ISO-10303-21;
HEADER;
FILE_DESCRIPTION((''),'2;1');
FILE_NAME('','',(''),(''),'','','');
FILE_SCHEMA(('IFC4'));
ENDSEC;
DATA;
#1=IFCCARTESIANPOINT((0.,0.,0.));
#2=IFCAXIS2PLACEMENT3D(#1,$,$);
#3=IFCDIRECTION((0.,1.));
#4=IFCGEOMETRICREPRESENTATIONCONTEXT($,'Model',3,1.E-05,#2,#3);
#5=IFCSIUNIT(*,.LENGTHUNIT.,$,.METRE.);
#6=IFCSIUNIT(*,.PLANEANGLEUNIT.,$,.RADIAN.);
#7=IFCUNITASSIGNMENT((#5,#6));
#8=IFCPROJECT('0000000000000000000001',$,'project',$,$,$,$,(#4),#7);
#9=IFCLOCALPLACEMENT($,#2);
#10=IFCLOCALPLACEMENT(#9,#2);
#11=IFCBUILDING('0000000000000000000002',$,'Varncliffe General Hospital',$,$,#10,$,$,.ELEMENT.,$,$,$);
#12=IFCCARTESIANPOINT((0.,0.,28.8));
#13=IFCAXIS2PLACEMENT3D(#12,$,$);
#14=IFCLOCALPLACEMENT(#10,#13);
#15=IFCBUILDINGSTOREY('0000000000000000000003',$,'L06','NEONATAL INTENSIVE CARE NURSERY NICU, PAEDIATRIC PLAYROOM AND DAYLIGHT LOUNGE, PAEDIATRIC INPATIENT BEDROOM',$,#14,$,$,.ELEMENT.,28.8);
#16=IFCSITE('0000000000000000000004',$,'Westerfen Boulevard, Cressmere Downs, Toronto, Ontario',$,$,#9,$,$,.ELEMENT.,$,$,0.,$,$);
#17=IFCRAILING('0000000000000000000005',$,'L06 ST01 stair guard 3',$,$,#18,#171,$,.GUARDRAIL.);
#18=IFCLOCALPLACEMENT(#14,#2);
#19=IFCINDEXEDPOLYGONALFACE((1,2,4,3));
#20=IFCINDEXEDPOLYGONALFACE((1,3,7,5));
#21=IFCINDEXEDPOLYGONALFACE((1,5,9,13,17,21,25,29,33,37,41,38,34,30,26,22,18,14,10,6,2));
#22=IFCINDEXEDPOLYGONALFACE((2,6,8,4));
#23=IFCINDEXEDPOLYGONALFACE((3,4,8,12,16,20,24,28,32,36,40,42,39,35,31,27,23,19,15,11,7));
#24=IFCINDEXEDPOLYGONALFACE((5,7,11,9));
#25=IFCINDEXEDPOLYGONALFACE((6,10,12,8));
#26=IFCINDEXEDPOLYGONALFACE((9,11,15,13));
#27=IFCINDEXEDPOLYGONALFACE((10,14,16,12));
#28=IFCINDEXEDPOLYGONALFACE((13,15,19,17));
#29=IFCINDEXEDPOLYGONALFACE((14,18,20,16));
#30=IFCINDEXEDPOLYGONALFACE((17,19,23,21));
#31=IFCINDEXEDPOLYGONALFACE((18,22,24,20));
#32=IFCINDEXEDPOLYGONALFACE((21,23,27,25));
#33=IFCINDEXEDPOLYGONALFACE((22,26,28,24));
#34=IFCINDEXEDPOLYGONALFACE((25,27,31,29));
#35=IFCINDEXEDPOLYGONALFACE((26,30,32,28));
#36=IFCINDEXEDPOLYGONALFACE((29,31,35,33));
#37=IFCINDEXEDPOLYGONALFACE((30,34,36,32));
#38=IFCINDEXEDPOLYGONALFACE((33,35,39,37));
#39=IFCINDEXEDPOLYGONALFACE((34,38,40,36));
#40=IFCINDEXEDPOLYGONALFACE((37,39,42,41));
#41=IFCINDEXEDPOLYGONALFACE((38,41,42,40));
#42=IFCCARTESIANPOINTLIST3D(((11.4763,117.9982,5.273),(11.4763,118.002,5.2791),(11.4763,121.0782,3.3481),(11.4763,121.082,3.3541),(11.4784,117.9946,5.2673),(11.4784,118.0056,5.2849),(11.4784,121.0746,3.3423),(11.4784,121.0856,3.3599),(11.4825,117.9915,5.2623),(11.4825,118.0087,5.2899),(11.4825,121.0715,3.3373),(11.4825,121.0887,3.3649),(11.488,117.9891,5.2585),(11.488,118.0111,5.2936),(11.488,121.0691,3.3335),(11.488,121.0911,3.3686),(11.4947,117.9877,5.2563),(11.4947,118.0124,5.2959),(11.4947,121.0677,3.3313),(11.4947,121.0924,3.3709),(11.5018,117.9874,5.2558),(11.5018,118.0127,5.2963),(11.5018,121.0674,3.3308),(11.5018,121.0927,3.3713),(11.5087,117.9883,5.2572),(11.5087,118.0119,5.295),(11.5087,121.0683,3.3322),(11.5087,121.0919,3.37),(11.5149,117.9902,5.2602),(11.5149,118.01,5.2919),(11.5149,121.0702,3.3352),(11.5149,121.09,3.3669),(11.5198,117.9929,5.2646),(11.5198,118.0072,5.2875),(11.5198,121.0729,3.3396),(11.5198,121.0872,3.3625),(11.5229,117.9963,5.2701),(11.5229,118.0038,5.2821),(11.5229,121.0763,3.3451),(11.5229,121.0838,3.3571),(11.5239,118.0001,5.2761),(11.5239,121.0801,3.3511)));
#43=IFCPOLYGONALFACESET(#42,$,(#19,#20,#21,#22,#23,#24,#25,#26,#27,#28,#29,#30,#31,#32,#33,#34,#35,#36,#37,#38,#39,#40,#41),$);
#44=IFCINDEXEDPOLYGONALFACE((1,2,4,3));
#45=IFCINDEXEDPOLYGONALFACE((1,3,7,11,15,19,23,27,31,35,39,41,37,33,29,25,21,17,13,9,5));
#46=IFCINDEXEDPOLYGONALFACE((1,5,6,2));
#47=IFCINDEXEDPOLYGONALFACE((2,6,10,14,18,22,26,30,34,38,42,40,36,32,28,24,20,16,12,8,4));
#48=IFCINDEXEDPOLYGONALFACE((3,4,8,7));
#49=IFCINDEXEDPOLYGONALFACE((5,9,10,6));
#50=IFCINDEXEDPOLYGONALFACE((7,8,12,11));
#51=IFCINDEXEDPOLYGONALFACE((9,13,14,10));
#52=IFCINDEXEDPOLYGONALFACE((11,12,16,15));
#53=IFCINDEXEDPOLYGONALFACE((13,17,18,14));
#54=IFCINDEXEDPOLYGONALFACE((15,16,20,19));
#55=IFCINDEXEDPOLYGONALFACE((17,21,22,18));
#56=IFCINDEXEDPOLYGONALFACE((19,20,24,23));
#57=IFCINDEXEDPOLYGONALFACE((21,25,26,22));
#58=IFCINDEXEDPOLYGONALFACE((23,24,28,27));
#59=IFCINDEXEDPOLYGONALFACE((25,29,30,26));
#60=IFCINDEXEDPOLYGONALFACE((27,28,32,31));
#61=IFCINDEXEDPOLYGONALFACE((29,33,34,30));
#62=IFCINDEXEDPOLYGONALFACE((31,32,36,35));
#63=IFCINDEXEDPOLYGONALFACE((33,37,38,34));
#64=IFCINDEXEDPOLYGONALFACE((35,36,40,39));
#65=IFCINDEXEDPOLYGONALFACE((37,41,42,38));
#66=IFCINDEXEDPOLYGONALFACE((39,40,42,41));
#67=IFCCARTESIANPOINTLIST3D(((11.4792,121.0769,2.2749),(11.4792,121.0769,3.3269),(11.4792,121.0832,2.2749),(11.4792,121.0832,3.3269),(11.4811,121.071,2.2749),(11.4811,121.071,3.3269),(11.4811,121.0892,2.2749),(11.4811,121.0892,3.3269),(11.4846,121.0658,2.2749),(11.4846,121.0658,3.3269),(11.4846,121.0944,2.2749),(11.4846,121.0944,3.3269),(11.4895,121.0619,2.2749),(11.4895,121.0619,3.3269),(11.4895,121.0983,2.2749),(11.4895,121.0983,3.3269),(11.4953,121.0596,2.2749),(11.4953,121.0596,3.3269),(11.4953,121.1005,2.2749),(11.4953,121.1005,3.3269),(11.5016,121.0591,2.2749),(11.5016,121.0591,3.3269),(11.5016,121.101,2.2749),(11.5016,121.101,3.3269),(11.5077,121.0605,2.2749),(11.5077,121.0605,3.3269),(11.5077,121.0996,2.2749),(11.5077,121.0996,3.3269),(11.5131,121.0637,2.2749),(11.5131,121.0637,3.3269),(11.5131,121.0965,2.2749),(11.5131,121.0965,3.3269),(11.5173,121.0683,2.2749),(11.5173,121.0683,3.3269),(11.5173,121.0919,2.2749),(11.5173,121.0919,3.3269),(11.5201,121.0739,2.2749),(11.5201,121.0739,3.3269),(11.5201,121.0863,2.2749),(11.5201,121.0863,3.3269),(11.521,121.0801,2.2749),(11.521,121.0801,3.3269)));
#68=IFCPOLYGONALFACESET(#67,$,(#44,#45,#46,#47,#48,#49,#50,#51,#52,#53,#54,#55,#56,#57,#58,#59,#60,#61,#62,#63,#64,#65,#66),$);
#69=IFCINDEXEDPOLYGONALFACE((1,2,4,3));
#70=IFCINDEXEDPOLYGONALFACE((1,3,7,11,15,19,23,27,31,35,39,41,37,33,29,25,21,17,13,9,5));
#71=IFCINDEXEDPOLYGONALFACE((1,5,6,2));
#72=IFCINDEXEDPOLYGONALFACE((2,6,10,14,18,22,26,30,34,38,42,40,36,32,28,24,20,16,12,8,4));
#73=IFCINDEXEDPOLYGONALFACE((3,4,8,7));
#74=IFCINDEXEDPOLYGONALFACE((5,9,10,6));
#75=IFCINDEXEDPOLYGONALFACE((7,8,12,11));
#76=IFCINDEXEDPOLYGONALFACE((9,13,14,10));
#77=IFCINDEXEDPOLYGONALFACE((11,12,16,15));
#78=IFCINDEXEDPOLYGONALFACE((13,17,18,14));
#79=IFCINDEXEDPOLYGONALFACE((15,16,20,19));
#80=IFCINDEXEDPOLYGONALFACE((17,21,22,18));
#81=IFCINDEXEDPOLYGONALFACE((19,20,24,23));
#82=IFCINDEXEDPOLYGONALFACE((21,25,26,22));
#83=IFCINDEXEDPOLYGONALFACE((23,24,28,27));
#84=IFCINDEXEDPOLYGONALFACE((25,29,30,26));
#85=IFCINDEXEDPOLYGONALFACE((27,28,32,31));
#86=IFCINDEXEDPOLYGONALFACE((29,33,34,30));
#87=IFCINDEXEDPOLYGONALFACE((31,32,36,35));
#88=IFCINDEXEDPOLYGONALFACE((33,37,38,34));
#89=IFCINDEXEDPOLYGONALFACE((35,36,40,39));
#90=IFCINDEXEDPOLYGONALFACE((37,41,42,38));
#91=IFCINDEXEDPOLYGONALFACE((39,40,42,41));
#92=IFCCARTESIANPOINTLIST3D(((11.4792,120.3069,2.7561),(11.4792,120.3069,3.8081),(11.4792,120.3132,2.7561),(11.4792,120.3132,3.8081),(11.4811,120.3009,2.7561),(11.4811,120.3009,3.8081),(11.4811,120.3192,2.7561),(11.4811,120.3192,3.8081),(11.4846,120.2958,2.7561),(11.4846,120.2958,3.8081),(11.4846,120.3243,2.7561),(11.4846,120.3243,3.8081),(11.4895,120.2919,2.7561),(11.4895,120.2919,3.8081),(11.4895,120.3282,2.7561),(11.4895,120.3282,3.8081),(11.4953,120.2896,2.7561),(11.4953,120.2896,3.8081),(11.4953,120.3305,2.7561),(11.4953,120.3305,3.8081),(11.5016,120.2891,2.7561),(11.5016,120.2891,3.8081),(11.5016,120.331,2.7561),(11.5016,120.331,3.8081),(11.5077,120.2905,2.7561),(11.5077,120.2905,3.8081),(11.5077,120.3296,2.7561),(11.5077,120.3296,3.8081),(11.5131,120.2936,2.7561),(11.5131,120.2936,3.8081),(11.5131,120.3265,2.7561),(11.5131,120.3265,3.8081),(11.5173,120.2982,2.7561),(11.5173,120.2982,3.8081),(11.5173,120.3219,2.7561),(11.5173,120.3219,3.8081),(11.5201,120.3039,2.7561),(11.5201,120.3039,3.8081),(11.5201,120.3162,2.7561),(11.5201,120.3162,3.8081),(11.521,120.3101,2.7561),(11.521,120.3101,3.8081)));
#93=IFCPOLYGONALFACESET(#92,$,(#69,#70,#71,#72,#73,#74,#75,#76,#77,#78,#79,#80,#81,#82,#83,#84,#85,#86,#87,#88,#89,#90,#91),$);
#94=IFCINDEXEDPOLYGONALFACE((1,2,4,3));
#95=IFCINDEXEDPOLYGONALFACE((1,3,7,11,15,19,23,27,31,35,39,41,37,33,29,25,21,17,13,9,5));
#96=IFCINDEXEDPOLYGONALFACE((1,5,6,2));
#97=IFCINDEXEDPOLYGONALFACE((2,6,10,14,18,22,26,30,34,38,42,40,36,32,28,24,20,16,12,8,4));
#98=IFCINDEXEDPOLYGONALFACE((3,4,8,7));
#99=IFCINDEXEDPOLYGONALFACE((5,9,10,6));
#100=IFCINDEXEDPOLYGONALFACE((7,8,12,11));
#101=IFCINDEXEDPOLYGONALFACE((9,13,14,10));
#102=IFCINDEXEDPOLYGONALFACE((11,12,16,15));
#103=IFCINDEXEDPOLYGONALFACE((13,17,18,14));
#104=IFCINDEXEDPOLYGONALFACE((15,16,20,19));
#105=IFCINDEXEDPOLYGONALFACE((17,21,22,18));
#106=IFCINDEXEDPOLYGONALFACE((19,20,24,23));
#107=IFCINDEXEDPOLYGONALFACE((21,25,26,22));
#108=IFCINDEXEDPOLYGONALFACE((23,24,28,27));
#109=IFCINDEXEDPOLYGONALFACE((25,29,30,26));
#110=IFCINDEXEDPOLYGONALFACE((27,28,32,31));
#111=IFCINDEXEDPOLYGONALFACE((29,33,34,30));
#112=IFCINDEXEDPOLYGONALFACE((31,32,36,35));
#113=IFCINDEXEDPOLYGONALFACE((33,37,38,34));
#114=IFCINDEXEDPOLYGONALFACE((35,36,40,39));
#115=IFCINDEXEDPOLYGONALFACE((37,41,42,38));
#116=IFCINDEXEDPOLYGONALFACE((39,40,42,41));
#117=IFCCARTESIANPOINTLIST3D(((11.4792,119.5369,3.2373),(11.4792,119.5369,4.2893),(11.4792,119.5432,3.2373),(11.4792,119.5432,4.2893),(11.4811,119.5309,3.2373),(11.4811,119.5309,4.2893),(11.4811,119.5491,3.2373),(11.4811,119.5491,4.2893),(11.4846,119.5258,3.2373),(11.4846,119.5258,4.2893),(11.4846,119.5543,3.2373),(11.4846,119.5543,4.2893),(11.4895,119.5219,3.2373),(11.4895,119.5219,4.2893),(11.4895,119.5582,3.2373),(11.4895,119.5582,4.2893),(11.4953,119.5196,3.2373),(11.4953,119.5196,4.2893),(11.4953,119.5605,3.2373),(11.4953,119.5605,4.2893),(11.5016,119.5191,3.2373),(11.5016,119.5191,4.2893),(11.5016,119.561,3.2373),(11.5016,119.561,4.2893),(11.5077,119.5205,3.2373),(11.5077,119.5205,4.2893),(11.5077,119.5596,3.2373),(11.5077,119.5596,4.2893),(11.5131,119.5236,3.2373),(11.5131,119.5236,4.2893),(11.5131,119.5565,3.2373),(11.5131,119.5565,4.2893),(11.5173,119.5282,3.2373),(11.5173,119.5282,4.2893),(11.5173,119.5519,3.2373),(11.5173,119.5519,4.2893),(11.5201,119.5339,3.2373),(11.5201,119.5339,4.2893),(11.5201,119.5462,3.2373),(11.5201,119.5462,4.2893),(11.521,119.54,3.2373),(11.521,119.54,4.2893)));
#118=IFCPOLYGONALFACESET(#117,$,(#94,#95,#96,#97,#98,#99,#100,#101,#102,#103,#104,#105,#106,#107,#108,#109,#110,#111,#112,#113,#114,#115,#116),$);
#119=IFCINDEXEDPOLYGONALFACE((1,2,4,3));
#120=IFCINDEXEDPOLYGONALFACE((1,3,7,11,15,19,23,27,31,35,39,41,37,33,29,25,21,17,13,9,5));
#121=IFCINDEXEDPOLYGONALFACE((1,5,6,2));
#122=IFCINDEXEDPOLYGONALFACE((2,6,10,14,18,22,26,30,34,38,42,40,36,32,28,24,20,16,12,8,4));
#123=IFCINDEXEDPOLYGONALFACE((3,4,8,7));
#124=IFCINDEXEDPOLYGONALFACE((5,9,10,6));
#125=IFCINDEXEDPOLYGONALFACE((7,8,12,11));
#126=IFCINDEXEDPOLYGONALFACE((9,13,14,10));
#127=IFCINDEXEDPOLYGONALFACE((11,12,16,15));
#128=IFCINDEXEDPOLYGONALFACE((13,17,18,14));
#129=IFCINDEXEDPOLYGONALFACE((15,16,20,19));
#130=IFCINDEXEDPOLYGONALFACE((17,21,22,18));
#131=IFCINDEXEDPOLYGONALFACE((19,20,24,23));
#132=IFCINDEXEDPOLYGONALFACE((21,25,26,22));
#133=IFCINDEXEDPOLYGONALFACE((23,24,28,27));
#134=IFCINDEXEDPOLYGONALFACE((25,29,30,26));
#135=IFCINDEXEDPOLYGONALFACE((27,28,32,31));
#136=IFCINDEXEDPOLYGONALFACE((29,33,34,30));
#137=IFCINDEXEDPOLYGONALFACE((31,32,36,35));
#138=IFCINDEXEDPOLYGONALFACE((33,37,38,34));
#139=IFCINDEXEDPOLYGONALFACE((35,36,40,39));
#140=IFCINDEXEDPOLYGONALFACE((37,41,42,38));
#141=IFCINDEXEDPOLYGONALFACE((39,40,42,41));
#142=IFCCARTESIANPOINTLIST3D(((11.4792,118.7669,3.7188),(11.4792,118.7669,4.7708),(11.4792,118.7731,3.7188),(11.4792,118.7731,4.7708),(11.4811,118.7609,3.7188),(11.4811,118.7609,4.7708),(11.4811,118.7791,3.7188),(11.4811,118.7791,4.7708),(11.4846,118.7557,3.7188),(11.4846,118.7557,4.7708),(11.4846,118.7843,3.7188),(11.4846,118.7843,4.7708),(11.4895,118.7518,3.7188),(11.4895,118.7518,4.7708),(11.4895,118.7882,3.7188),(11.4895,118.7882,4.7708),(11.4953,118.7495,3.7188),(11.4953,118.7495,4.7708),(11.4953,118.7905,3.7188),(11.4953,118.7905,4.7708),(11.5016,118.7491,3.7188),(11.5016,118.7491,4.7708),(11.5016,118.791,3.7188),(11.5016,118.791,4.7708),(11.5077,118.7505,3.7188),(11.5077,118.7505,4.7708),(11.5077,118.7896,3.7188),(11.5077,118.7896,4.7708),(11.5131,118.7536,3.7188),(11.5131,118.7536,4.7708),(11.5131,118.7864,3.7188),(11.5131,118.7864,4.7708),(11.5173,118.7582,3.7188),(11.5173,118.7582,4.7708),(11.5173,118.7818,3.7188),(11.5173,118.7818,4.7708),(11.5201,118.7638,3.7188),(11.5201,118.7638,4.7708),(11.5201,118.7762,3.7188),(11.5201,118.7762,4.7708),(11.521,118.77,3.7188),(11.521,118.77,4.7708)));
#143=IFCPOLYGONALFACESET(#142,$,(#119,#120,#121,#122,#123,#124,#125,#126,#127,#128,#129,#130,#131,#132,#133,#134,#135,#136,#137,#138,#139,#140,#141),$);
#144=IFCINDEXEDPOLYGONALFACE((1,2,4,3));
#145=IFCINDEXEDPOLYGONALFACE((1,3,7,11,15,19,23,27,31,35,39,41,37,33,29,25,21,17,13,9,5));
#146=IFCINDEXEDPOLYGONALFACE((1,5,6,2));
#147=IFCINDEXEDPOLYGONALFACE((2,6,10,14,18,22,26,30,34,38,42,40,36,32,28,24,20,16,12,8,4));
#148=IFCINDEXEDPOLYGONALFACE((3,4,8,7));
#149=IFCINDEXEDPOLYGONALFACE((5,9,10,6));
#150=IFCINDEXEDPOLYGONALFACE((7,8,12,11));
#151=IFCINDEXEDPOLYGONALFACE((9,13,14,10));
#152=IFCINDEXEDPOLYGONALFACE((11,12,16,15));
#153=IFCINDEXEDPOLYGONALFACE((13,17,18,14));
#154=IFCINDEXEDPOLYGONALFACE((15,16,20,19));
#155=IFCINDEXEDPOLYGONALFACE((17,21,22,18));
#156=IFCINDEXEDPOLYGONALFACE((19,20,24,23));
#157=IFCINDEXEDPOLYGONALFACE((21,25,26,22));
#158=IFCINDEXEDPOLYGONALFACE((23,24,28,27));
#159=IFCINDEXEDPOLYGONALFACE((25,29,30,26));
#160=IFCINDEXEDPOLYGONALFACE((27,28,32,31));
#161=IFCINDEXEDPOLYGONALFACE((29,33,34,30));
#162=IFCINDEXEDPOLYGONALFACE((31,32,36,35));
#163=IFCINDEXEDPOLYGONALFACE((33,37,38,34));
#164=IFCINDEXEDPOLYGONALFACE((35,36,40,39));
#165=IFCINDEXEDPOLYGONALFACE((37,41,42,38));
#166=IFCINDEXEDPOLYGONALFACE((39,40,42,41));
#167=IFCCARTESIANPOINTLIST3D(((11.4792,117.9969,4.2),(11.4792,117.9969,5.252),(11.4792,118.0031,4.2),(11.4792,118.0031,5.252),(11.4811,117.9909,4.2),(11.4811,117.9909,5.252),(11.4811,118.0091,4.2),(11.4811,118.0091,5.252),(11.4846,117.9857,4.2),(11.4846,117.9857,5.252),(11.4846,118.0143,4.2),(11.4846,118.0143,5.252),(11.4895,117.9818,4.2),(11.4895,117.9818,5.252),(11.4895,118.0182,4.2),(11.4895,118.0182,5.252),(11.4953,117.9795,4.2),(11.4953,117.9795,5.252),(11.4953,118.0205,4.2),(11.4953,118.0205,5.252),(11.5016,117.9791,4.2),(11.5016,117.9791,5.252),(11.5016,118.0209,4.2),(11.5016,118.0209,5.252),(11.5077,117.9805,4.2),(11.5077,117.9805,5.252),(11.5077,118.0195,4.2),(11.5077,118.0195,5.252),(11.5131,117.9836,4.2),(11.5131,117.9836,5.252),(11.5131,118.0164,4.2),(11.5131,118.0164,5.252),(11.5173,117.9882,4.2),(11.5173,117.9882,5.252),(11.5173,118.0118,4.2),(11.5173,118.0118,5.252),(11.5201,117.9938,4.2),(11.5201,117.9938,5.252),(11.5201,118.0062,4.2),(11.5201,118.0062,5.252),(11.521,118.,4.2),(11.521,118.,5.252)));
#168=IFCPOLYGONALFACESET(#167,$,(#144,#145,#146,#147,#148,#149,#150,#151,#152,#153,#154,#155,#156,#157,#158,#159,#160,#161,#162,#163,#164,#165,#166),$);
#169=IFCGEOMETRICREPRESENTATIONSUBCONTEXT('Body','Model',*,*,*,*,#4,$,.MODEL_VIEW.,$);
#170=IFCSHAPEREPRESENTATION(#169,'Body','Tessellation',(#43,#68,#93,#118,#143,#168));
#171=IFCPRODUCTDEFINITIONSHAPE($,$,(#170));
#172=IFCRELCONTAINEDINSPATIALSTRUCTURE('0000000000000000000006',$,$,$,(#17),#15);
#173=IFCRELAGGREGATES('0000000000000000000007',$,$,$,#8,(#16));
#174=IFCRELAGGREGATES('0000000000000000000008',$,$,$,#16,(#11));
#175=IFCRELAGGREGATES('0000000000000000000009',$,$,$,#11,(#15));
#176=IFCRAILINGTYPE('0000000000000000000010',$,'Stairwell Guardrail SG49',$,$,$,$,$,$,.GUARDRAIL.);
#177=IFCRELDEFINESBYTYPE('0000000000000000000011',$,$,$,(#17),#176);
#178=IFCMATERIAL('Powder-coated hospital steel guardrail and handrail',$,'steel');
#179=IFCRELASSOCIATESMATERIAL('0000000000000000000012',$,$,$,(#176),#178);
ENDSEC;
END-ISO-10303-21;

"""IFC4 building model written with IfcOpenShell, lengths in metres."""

from ifc_helpers import new_model, si_unit, direction, frame, origin, origin_2d, place, context, subcontext, project, spatial, circle, extrude, material, type_object, element, save


model = new_model("IFC4")

# Units and contexts
model_context = context("Model", 3, precision=1e-05, world=origin(), true_north=direction((0.0, 1.0)))
body_context = subcontext(model_context, "Body", "Model", "MODEL_VIEW")
ifc_project = project(units=[si_unit("LENGTHUNIT", "METRE"), si_unit("PLANEANGLEUNIT", "RADIAN")], contexts=[model_context])

# Site, building, storey
site_placement = place(None, origin())
site = spatial("IfcSite", under=ifc_project, at=site_placement, Name="Westerfen Boulevard, Cressmere Downs, Toronto, Ontario", CompositionType="ELEMENT", RefElevation=0.0)
building_placement = place(site_placement, origin())
building = spatial("IfcBuilding", under=site, at=building_placement, Name="Varncliffe General Hospital", CompositionType="ELEMENT")
storey_placement = place(building_placement, frame((0.0, 0.0, 28.8)))
storey = spatial("IfcBuildingStorey", under=building, at=storey_placement, Name="L06", Description="NEONATAL INTENSIVE CARE NURSERY NICU, PAEDIATRIC PLAYROOM AND DAYLIGHT LOUNGE, PAEDIATRIC INPATIENT BEDROOM", CompositionType="ELEMENT", Elevation=28.8)

# Railing
ifc_material_1 = material(Name="Powder-coated hospital steel guardrail and handrail", Category="steel")
railing_type_1 = type_object("IfcRailingType", Name="Stairwell Guardrail SG49", PredefinedType="GUARDRAIL", material=ifc_material_1)
railing_1_placement = place(storey_placement, frame((11.5, 121.0801, 2.2749)))
element("IfcRailing", 1, at=railing_1_placement, inside=storey, type_object=railing_type_1, Name="L06 ST01 stair guard 3", PredefinedType="GUARDRAIL", context=body_context, shape_type="SweptSolid", body=[
    extrude(circle(Radius=0.0239, at=origin_2d()), frame((0.0, 0.0, 1.0762), z_axis=(0.0, -0.847998, 0.529999), x_axis=(1.0, 0.0, 0.0)), (0.0, 0.0, 1.0), 3.6321),
    extrude(circle(Radius=0.021, at=origin_2d()), origin(), (0.0, 0.0, 1.0), 1.052),
    extrude(circle(Radius=0.021, at=origin_2d()), frame((0.0, -0.77, 0.4812)), (0.0, 0.0, 1.0), 1.052),
    extrude(circle(Radius=0.021, at=origin_2d()), frame((0.0, -1.54, 0.9624)), (0.0, 0.0, 1.0), 1.052),
    extrude(circle(Radius=0.021, at=origin_2d()), frame((0.0, -2.3101, 1.4438)), (0.0, 0.0, 1.0), 1.052),
    extrude(circle(Radius=0.021, at=origin_2d()), frame((0.0, -3.0801, 1.925)), (0.0, 0.0, 1.0), 1.052),
])

save(model, "model.ifc")
